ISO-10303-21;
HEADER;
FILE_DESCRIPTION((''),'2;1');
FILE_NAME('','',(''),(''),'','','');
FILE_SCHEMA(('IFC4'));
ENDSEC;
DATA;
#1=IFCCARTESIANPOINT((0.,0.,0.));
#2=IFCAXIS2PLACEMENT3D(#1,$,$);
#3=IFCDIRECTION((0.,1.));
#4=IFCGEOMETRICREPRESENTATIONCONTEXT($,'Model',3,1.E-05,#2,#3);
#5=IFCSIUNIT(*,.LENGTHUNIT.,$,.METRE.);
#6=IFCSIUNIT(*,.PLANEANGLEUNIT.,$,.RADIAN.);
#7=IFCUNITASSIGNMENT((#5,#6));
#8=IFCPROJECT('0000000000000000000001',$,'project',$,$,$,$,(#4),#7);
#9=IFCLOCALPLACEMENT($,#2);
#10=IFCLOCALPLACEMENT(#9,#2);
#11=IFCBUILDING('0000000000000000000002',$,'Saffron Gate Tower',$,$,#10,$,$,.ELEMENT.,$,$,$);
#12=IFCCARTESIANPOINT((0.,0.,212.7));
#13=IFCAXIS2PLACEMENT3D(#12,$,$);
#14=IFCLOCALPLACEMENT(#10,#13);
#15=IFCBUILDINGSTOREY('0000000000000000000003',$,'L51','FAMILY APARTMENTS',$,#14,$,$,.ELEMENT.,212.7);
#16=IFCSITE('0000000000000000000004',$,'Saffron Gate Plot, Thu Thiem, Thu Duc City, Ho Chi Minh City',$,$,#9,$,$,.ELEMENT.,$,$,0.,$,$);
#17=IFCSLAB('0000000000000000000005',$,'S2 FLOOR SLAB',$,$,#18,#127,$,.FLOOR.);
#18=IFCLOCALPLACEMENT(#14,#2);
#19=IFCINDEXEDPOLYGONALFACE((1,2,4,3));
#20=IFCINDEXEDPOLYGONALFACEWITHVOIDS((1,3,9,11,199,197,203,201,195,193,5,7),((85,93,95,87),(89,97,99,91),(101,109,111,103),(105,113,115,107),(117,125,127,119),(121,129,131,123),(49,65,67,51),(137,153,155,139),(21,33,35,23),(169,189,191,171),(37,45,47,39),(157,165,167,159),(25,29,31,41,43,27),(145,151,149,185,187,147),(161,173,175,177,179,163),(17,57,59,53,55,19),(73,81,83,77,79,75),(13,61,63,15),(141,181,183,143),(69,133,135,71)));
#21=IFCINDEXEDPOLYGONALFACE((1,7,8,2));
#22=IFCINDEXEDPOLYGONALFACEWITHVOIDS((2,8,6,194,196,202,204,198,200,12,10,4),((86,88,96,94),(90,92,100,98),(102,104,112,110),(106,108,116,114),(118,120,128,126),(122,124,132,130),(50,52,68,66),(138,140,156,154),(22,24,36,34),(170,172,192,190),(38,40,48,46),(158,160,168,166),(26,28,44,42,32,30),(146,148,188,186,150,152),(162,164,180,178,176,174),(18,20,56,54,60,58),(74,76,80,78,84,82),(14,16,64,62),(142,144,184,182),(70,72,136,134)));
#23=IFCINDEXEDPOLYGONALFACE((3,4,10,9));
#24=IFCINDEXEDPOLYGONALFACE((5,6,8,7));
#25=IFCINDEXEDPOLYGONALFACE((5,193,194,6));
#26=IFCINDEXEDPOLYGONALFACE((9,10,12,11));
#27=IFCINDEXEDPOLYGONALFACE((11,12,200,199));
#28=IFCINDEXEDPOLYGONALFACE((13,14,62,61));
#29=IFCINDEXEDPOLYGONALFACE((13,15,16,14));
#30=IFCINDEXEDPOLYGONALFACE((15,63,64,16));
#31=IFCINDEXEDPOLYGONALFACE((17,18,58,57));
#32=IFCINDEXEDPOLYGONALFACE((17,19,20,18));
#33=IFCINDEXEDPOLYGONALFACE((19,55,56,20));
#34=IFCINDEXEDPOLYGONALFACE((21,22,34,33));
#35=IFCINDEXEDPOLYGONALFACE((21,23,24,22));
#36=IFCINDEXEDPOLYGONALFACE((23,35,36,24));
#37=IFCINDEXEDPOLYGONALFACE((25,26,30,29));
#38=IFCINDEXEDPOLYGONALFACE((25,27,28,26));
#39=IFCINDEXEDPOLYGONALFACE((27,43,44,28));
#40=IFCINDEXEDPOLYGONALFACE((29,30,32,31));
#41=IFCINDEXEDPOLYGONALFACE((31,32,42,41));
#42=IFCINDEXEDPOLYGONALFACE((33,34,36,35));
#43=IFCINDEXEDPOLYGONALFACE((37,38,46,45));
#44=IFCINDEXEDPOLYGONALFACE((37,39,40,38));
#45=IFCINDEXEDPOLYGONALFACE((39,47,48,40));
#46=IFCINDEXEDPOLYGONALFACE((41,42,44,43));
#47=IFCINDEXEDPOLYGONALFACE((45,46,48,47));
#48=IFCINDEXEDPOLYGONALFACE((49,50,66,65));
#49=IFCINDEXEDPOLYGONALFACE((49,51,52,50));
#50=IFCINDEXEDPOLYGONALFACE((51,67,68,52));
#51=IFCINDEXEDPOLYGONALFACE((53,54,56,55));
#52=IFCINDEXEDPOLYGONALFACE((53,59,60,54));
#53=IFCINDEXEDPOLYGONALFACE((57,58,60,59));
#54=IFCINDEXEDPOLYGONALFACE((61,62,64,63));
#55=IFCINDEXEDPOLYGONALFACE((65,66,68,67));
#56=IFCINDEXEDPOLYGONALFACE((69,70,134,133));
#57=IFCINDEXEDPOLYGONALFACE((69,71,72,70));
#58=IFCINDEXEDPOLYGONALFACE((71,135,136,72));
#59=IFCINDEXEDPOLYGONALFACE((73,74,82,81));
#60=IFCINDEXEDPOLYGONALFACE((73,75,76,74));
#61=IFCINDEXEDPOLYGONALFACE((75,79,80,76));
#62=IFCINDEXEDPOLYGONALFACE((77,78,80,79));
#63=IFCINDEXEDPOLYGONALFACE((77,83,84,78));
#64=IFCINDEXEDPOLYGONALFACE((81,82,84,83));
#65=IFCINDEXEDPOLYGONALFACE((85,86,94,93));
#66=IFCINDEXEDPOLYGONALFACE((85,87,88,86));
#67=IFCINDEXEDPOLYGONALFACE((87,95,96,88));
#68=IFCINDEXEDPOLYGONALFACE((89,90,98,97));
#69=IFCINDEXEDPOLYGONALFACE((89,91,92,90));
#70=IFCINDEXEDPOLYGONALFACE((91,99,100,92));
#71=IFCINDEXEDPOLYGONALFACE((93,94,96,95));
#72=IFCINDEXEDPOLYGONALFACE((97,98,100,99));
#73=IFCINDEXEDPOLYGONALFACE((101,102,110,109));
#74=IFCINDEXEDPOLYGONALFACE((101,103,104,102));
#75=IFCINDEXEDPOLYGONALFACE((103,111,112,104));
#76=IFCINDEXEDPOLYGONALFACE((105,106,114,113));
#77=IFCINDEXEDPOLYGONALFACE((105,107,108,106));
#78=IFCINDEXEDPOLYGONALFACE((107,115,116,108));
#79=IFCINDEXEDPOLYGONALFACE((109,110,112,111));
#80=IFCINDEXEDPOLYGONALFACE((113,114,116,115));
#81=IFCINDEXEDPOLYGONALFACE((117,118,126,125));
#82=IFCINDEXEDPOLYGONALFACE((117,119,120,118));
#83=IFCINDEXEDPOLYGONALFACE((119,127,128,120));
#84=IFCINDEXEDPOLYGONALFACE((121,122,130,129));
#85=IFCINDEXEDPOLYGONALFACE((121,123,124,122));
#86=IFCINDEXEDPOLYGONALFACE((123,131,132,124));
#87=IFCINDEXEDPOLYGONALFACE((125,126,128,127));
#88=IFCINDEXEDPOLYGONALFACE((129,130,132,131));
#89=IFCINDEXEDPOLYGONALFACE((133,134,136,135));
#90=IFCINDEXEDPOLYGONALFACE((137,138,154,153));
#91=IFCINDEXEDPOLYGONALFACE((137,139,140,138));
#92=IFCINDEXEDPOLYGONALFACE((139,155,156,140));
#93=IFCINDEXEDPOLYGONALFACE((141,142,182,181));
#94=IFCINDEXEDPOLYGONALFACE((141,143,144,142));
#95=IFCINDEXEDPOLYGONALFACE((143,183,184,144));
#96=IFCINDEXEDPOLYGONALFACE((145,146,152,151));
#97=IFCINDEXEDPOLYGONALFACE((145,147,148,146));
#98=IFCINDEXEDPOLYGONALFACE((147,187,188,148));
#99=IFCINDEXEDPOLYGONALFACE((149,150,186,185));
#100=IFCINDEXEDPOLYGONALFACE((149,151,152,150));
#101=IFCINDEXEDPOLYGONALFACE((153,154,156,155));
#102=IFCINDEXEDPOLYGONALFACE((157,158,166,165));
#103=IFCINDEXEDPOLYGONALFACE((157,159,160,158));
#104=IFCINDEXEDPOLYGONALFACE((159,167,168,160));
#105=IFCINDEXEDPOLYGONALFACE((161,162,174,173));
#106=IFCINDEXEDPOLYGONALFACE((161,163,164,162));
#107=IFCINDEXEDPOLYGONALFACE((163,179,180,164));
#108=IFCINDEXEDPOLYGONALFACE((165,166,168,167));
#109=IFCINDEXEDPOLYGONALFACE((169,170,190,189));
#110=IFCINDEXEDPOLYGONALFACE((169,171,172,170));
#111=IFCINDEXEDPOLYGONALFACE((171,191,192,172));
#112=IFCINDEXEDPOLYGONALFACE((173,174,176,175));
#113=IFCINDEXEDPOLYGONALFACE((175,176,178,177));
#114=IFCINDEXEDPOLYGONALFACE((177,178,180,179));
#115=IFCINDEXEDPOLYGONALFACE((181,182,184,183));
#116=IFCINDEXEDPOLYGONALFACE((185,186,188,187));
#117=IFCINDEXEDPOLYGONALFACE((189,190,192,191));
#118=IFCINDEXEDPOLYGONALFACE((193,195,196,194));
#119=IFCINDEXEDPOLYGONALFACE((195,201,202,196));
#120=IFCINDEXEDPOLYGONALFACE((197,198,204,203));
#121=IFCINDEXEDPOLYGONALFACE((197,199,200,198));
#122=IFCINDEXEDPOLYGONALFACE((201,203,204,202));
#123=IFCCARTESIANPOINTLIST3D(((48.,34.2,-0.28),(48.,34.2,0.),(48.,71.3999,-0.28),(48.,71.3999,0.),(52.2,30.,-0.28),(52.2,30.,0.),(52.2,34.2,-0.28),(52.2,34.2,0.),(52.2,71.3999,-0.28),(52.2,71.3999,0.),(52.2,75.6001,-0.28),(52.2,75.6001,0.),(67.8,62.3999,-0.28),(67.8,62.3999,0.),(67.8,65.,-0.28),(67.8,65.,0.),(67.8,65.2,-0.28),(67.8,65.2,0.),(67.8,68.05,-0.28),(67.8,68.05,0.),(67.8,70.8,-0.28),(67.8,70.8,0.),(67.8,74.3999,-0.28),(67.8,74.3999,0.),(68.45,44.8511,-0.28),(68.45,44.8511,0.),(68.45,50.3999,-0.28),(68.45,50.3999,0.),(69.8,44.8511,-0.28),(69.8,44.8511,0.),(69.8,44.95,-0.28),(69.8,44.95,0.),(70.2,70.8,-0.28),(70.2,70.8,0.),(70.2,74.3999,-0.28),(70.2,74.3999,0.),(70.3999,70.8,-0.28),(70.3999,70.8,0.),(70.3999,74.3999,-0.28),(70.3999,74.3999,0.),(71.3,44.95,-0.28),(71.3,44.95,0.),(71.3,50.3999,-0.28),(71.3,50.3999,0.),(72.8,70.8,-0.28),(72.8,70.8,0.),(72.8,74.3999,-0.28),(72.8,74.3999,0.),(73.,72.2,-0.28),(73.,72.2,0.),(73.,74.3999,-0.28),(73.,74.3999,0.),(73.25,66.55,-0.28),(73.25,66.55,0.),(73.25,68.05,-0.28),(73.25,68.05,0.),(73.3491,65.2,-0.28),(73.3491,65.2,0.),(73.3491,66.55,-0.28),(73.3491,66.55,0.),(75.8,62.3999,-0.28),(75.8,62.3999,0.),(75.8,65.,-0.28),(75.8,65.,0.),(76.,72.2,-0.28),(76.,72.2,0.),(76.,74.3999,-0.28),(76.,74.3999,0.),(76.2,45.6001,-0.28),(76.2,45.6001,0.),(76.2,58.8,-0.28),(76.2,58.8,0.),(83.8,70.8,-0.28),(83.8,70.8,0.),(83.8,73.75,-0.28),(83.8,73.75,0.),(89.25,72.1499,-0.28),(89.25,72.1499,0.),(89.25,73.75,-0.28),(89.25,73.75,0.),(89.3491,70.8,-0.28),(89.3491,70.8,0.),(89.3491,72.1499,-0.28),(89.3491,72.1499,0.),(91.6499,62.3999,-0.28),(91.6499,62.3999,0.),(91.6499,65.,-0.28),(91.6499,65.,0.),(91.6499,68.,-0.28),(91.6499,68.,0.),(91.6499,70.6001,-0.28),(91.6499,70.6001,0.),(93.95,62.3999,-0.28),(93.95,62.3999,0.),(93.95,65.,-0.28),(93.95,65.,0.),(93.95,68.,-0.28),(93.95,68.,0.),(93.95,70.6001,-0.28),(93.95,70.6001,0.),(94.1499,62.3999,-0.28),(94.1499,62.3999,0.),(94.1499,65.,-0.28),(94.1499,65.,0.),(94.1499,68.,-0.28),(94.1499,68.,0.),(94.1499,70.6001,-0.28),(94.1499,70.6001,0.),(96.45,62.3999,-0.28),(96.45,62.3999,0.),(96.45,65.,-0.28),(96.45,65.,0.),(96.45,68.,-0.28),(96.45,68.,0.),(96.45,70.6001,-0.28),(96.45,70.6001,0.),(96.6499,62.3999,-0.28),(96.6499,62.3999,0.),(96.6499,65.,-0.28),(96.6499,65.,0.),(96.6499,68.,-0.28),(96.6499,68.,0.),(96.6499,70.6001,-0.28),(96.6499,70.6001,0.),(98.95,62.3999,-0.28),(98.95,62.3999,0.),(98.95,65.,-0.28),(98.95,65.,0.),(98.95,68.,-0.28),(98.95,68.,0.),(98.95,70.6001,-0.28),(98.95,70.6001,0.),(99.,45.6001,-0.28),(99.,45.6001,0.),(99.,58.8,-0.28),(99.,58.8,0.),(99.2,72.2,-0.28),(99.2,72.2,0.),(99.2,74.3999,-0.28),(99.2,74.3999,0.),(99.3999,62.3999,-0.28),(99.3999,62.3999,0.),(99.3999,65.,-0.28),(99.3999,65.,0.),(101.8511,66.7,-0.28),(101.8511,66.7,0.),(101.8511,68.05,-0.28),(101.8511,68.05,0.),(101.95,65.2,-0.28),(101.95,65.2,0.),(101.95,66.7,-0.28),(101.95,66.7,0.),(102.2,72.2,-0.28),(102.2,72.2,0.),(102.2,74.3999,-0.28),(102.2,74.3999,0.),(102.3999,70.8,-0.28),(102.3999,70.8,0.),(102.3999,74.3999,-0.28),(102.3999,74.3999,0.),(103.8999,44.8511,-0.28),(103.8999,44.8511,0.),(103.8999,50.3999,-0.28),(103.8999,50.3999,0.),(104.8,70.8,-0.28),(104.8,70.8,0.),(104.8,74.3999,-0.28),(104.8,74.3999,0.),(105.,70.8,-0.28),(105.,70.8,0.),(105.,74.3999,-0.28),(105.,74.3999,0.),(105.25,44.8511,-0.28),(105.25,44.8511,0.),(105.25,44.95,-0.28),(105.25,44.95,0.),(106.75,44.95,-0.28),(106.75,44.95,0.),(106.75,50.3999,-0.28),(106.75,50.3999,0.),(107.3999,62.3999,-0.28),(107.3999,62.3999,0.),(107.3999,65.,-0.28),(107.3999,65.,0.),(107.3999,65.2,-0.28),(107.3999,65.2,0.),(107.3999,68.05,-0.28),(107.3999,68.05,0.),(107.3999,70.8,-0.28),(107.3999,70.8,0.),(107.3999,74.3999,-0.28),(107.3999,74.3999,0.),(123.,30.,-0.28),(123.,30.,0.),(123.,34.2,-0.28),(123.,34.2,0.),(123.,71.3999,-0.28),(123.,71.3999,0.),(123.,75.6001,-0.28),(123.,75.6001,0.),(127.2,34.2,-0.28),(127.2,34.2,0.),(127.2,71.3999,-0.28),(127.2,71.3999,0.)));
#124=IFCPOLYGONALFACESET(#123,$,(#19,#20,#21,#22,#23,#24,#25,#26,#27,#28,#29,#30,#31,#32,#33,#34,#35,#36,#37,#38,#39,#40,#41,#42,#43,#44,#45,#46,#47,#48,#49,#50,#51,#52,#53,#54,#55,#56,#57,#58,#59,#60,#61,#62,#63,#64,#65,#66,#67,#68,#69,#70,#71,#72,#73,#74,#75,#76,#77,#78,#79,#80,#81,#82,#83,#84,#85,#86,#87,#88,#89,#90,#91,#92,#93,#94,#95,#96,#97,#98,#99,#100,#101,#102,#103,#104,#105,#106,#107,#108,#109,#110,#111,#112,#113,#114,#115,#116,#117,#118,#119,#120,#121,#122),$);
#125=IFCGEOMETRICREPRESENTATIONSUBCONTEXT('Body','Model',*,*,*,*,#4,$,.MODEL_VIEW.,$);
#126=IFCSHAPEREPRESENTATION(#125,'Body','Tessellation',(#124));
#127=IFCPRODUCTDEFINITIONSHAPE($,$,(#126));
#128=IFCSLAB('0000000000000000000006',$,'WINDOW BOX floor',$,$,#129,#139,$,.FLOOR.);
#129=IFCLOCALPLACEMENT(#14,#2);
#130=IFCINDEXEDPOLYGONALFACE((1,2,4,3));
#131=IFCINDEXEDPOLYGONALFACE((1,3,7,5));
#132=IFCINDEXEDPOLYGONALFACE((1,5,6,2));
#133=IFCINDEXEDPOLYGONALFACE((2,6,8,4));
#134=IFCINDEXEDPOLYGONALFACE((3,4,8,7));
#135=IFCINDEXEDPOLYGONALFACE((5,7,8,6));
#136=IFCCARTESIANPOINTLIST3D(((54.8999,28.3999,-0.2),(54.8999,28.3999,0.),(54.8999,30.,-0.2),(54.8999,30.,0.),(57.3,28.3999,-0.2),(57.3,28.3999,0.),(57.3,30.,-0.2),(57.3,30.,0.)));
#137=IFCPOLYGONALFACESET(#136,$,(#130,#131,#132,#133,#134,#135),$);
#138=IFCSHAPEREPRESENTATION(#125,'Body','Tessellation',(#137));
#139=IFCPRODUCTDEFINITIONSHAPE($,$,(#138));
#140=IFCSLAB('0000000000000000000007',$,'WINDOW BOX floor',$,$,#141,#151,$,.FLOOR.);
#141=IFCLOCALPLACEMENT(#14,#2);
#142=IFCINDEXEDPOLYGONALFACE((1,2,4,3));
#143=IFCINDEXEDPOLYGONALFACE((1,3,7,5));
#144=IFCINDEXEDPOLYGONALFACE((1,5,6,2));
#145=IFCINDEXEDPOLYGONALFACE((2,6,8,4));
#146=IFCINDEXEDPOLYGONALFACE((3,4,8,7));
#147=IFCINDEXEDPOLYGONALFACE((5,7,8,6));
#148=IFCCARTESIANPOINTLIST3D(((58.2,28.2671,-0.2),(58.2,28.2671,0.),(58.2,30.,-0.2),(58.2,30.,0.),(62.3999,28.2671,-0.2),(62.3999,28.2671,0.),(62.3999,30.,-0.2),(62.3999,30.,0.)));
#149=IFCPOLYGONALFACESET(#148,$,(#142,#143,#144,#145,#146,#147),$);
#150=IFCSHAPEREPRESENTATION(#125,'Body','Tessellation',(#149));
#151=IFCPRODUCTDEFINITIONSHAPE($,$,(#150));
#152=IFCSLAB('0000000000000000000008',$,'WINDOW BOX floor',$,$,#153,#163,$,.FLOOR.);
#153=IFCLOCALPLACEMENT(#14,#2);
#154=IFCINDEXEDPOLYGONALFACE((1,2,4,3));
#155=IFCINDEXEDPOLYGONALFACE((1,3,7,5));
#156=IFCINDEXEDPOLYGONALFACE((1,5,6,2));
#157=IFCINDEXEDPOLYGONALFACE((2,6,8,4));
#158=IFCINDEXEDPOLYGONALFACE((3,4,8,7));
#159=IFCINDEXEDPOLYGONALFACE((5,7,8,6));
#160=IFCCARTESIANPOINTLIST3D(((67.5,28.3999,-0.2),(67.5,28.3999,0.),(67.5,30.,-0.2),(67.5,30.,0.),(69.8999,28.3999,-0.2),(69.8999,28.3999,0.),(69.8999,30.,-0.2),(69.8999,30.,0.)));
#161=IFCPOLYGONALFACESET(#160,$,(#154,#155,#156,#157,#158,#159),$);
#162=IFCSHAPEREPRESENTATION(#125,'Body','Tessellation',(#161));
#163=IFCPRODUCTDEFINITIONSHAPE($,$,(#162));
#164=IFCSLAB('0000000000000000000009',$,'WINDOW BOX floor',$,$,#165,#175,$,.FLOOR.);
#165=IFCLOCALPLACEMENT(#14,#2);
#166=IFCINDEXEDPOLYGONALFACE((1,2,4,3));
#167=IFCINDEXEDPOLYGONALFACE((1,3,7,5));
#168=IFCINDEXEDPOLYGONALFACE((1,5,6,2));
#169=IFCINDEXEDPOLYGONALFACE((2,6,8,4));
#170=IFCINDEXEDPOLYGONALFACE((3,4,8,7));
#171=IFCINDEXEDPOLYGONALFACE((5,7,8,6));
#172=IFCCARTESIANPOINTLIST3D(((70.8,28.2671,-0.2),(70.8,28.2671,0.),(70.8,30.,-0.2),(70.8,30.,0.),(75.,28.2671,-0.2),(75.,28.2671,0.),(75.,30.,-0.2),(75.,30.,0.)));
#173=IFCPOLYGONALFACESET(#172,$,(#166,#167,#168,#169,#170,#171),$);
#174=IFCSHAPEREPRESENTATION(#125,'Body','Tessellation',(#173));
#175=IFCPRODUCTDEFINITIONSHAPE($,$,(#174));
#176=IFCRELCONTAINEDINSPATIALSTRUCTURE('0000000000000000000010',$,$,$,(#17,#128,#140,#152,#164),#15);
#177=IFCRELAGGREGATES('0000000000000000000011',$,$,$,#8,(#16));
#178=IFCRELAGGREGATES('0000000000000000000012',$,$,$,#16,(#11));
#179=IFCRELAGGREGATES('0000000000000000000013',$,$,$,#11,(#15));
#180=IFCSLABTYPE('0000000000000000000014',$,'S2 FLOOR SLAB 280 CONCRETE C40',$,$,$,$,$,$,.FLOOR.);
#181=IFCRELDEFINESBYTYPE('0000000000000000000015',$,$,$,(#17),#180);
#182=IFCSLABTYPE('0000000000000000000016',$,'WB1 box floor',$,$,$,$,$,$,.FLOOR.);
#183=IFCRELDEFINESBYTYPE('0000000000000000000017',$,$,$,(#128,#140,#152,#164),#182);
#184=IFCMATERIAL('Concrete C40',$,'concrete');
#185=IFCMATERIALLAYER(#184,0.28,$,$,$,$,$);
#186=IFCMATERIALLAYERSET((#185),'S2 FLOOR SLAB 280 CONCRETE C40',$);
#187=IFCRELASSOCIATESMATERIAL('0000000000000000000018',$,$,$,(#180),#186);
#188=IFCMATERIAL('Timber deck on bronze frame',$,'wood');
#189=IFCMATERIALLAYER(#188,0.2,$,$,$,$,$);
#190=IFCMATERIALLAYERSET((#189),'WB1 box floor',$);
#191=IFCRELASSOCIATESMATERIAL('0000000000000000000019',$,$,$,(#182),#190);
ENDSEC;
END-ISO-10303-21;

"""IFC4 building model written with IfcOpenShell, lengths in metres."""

from ifc_helpers import new_model, si_unit, direction, frame, origin, place, context, subcontext, project, spatial, polyline, outline, extrude, material, layer, layer_set, type_object, element, save


model = new_model("IFC4")

# Units and contexts
model_context = context("Model", 3, precision=1e-05, world=origin(), true_north=direction((0.0, 1.0)))
body_context = subcontext(model_context, "Body", "Model", "MODEL_VIEW")
ifc_project = project(units=[si_unit("LENGTHUNIT", "METRE"), si_unit("PLANEANGLEUNIT", "RADIAN")], contexts=[model_context])

# Site, building, storey
site_placement = place(None, origin())
site = spatial("IfcSite", under=ifc_project, at=site_placement, Name="Saffron Gate Plot, Thu Thiem, Thu Duc City, Ho Chi Minh City", CompositionType="ELEMENT", RefElevation=0.0)
building_placement = place(site_placement, origin())
building = spatial("IfcBuilding", under=site, at=building_placement, Name="Saffron Gate Tower", CompositionType="ELEMENT")
storey_placement = place(building_placement, frame((0.0, 0.0, 212.7)))
storey = spatial("IfcBuildingStorey", under=building, at=storey_placement, Name="L51", Description="FAMILY APARTMENTS", CompositionType="ELEMENT", Elevation=212.7)

# Slabs
ifc_material_1 = material(Name="Concrete C40", Category="concrete")
ifc_layer_1 = layer(ifc_material_1, 0.28)
ifc_layer_set_1 = layer_set([ifc_layer_1], Name="S2 FLOOR SLAB 280 CONCRETE C40")
slab_type_1 = type_object("IfcSlabType", Name="S2 FLOOR SLAB 280 CONCRETE C40", PredefinedType="FLOOR", material=ifc_layer_set_1)
slab_1_placement = place(storey_placement, frame((0.0, 0.0, -0.28)))
element("IfcSlab", 1, at=slab_1_placement, inside=storey, type_object=slab_type_1, Name="S2 FLOOR SLAB", PredefinedType="FLOOR", context=body_context, shape_type="SweptSolid", body=[
    extrude(outline(polyline([(48.0, 34.2), (52.2, 34.2), (52.2, 30.0), (123.0, 30.0), (123.0, 34.2), (127.2, 34.2), (127.2, 71.3999), (123.0, 71.3999), (123.0, 75.6001), (52.2, 75.6001), (52.2, 71.3999), (48.0, 71.3999), (48.0, 34.2)]), holes=[polyline([(67.8, 62.3999), (67.8, 65.0), (75.8, 65.0), (75.8, 62.3999), (67.8, 62.3999)]), polyline([(67.8, 65.2), (67.8, 68.05), (73.25, 68.05), (73.25, 66.55), (73.3491, 66.55), (73.3491, 65.2), (67.8, 65.2)]), polyline([(67.8, 70.8), (67.8, 74.3999), (70.2, 74.3999), (70.2, 70.8), (67.8, 70.8)]), polyline([(68.45, 44.8511), (68.45, 50.3999), (71.3, 50.3999), (71.3, 44.95), (69.8, 44.95), (69.8, 44.8511), (68.45, 44.8511)]), polyline([(70.3999, 70.8), (70.3999, 74.3999), (72.8, 74.3999), (72.8, 70.8), (70.3999, 70.8)]), polyline([(73.0, 72.2), (73.0, 74.3999), (76.0, 74.3999), (76.0, 72.2), (73.0, 72.2)]), polyline([(76.2, 45.6001), (76.2, 58.8), (99.0, 58.8), (99.0, 45.6001), (76.2, 45.6001)]), polyline([(83.8, 70.8), (83.8, 73.75), (89.25, 73.75), (89.25, 72.1499), (89.3491, 72.1499), (89.3491, 70.8), (83.8, 70.8)]), polyline([(91.6499, 62.3999), (91.6499, 65.0), (93.95, 65.0), (93.95, 62.3999), (91.6499, 62.3999)]), polyline([(91.6499, 68.0), (91.6499, 70.6001), (93.95, 70.6001), (93.95, 68.0), (91.6499, 68.0)]), polyline([(94.1499, 62.3999), (94.1499, 65.0), (96.45, 65.0), (96.45, 62.3999), (94.1499, 62.3999)]), polyline([(94.1499, 68.0), (94.1499, 70.6001), (96.45, 70.6001), (96.45, 68.0), (94.1499, 68.0)]), polyline([(96.6499, 62.3999), (96.6499, 65.0), (98.95, 65.0), (98.95, 62.3999), (96.6499, 62.3999)]), polyline([(96.6499, 68.0), (96.6499, 70.6001), (98.95, 70.6001), (98.95, 68.0), (96.6499, 68.0)]), polyline([(99.2, 72.2), (99.2, 74.3999), (102.2, 74.3999), (102.2, 72.2), (99.2, 72.2)]), polyline([(99.3999, 62.3999), (99.3999, 65.0), (107.3999, 65.0), (107.3999, 62.3999), (99.3999, 62.3999)]), polyline([(101.8511, 66.7), (101.8511, 68.05), (107.3999, 68.05), (107.3999, 65.2), (101.95, 65.2), (101.95, 66.7), (101.8511, 66.7)]), polyline([(102.3999, 70.8), (102.3999, 74.3999), (104.8, 74.3999), (104.8, 70.8), (102.3999, 70.8)]), polyline([(103.8999, 44.8511), (103.8999, 50.3999), (106.75, 50.3999), (106.75, 44.95), (105.25, 44.95), (105.25, 44.8511), (103.8999, 44.8511)]), polyline([(105.0, 70.8), (105.0, 74.3999), (107.3999, 74.3999), (107.3999, 70.8), (105.0, 70.8)])]), origin(), (0.0, 0.0, 1.0), 0.28),
])
ifc_material_2 = material(Name="Timber deck on bronze frame", Category="wood")
ifc_layer_2 = layer(ifc_material_2, 0.2)
ifc_layer_set_2 = layer_set([ifc_layer_2], Name="WB1 box floor")
slab_type_2 = type_object("IfcSlabType", Name="WB1 box floor", PredefinedType="FLOOR", material=ifc_layer_set_2)
slab_2_placement = place(storey_placement, frame((0.0, 0.0, -0.2)))
element("IfcSlab", 2, at=slab_2_placement, inside=storey, type_object=slab_type_2, Name="WINDOW BOX floor", PredefinedType="FLOOR", context=body_context, shape_type="SweptSolid", body=[
    extrude(outline(polyline([(54.8999, 30.0), (57.3, 30.0), (57.3, 28.3999), (54.8999, 28.3999), (54.8999, 30.0)])), origin(), (0.0, 0.0, 1.0), 0.2),
])
slab_3_placement = place(storey_placement, frame((0.0, 0.0, -0.2)))
element("IfcSlab", 3, at=slab_3_placement, inside=storey, type_object=slab_type_2, Name="WINDOW BOX floor", PredefinedType="FLOOR", context=body_context, shape_type="SweptSolid", body=[
    extrude(outline(polyline([(58.2, 30.0), (62.3999, 30.0), (62.3999, 28.2671), (58.2, 28.2671), (58.2, 30.0)])), origin(), (0.0, 0.0, 1.0), 0.2),
])
slab_4_placement = place(storey_placement, frame((0.0, 0.0, -0.2)))
element("IfcSlab", 4, at=slab_4_placement, inside=storey, type_object=slab_type_2, Name="WINDOW BOX floor", PredefinedType="FLOOR", context=body_context, shape_type="SweptSolid", body=[
    extrude(outline(polyline([(67.5, 30.0), (69.8999, 30.0), (69.8999, 28.3999), (67.5, 28.3999), (67.5, 30.0)])), origin(), (0.0, 0.0, 1.0), 0.2),
])
slab_5_placement = place(storey_placement, frame((0.0, 0.0, -0.2)))
element("IfcSlab", 5, at=slab_5_placement, inside=storey, type_object=slab_type_2, Name="WINDOW BOX floor", PredefinedType="FLOOR", context=body_context, shape_type="SweptSolid", body=[
    extrude(outline(polyline([(70.8, 30.0), (75.0, 30.0), (75.0, 28.2671), (70.8, 28.2671), (70.8, 30.0)])), origin(), (0.0, 0.0, 1.0), 0.2),
])

save(model, "model.ifc")
